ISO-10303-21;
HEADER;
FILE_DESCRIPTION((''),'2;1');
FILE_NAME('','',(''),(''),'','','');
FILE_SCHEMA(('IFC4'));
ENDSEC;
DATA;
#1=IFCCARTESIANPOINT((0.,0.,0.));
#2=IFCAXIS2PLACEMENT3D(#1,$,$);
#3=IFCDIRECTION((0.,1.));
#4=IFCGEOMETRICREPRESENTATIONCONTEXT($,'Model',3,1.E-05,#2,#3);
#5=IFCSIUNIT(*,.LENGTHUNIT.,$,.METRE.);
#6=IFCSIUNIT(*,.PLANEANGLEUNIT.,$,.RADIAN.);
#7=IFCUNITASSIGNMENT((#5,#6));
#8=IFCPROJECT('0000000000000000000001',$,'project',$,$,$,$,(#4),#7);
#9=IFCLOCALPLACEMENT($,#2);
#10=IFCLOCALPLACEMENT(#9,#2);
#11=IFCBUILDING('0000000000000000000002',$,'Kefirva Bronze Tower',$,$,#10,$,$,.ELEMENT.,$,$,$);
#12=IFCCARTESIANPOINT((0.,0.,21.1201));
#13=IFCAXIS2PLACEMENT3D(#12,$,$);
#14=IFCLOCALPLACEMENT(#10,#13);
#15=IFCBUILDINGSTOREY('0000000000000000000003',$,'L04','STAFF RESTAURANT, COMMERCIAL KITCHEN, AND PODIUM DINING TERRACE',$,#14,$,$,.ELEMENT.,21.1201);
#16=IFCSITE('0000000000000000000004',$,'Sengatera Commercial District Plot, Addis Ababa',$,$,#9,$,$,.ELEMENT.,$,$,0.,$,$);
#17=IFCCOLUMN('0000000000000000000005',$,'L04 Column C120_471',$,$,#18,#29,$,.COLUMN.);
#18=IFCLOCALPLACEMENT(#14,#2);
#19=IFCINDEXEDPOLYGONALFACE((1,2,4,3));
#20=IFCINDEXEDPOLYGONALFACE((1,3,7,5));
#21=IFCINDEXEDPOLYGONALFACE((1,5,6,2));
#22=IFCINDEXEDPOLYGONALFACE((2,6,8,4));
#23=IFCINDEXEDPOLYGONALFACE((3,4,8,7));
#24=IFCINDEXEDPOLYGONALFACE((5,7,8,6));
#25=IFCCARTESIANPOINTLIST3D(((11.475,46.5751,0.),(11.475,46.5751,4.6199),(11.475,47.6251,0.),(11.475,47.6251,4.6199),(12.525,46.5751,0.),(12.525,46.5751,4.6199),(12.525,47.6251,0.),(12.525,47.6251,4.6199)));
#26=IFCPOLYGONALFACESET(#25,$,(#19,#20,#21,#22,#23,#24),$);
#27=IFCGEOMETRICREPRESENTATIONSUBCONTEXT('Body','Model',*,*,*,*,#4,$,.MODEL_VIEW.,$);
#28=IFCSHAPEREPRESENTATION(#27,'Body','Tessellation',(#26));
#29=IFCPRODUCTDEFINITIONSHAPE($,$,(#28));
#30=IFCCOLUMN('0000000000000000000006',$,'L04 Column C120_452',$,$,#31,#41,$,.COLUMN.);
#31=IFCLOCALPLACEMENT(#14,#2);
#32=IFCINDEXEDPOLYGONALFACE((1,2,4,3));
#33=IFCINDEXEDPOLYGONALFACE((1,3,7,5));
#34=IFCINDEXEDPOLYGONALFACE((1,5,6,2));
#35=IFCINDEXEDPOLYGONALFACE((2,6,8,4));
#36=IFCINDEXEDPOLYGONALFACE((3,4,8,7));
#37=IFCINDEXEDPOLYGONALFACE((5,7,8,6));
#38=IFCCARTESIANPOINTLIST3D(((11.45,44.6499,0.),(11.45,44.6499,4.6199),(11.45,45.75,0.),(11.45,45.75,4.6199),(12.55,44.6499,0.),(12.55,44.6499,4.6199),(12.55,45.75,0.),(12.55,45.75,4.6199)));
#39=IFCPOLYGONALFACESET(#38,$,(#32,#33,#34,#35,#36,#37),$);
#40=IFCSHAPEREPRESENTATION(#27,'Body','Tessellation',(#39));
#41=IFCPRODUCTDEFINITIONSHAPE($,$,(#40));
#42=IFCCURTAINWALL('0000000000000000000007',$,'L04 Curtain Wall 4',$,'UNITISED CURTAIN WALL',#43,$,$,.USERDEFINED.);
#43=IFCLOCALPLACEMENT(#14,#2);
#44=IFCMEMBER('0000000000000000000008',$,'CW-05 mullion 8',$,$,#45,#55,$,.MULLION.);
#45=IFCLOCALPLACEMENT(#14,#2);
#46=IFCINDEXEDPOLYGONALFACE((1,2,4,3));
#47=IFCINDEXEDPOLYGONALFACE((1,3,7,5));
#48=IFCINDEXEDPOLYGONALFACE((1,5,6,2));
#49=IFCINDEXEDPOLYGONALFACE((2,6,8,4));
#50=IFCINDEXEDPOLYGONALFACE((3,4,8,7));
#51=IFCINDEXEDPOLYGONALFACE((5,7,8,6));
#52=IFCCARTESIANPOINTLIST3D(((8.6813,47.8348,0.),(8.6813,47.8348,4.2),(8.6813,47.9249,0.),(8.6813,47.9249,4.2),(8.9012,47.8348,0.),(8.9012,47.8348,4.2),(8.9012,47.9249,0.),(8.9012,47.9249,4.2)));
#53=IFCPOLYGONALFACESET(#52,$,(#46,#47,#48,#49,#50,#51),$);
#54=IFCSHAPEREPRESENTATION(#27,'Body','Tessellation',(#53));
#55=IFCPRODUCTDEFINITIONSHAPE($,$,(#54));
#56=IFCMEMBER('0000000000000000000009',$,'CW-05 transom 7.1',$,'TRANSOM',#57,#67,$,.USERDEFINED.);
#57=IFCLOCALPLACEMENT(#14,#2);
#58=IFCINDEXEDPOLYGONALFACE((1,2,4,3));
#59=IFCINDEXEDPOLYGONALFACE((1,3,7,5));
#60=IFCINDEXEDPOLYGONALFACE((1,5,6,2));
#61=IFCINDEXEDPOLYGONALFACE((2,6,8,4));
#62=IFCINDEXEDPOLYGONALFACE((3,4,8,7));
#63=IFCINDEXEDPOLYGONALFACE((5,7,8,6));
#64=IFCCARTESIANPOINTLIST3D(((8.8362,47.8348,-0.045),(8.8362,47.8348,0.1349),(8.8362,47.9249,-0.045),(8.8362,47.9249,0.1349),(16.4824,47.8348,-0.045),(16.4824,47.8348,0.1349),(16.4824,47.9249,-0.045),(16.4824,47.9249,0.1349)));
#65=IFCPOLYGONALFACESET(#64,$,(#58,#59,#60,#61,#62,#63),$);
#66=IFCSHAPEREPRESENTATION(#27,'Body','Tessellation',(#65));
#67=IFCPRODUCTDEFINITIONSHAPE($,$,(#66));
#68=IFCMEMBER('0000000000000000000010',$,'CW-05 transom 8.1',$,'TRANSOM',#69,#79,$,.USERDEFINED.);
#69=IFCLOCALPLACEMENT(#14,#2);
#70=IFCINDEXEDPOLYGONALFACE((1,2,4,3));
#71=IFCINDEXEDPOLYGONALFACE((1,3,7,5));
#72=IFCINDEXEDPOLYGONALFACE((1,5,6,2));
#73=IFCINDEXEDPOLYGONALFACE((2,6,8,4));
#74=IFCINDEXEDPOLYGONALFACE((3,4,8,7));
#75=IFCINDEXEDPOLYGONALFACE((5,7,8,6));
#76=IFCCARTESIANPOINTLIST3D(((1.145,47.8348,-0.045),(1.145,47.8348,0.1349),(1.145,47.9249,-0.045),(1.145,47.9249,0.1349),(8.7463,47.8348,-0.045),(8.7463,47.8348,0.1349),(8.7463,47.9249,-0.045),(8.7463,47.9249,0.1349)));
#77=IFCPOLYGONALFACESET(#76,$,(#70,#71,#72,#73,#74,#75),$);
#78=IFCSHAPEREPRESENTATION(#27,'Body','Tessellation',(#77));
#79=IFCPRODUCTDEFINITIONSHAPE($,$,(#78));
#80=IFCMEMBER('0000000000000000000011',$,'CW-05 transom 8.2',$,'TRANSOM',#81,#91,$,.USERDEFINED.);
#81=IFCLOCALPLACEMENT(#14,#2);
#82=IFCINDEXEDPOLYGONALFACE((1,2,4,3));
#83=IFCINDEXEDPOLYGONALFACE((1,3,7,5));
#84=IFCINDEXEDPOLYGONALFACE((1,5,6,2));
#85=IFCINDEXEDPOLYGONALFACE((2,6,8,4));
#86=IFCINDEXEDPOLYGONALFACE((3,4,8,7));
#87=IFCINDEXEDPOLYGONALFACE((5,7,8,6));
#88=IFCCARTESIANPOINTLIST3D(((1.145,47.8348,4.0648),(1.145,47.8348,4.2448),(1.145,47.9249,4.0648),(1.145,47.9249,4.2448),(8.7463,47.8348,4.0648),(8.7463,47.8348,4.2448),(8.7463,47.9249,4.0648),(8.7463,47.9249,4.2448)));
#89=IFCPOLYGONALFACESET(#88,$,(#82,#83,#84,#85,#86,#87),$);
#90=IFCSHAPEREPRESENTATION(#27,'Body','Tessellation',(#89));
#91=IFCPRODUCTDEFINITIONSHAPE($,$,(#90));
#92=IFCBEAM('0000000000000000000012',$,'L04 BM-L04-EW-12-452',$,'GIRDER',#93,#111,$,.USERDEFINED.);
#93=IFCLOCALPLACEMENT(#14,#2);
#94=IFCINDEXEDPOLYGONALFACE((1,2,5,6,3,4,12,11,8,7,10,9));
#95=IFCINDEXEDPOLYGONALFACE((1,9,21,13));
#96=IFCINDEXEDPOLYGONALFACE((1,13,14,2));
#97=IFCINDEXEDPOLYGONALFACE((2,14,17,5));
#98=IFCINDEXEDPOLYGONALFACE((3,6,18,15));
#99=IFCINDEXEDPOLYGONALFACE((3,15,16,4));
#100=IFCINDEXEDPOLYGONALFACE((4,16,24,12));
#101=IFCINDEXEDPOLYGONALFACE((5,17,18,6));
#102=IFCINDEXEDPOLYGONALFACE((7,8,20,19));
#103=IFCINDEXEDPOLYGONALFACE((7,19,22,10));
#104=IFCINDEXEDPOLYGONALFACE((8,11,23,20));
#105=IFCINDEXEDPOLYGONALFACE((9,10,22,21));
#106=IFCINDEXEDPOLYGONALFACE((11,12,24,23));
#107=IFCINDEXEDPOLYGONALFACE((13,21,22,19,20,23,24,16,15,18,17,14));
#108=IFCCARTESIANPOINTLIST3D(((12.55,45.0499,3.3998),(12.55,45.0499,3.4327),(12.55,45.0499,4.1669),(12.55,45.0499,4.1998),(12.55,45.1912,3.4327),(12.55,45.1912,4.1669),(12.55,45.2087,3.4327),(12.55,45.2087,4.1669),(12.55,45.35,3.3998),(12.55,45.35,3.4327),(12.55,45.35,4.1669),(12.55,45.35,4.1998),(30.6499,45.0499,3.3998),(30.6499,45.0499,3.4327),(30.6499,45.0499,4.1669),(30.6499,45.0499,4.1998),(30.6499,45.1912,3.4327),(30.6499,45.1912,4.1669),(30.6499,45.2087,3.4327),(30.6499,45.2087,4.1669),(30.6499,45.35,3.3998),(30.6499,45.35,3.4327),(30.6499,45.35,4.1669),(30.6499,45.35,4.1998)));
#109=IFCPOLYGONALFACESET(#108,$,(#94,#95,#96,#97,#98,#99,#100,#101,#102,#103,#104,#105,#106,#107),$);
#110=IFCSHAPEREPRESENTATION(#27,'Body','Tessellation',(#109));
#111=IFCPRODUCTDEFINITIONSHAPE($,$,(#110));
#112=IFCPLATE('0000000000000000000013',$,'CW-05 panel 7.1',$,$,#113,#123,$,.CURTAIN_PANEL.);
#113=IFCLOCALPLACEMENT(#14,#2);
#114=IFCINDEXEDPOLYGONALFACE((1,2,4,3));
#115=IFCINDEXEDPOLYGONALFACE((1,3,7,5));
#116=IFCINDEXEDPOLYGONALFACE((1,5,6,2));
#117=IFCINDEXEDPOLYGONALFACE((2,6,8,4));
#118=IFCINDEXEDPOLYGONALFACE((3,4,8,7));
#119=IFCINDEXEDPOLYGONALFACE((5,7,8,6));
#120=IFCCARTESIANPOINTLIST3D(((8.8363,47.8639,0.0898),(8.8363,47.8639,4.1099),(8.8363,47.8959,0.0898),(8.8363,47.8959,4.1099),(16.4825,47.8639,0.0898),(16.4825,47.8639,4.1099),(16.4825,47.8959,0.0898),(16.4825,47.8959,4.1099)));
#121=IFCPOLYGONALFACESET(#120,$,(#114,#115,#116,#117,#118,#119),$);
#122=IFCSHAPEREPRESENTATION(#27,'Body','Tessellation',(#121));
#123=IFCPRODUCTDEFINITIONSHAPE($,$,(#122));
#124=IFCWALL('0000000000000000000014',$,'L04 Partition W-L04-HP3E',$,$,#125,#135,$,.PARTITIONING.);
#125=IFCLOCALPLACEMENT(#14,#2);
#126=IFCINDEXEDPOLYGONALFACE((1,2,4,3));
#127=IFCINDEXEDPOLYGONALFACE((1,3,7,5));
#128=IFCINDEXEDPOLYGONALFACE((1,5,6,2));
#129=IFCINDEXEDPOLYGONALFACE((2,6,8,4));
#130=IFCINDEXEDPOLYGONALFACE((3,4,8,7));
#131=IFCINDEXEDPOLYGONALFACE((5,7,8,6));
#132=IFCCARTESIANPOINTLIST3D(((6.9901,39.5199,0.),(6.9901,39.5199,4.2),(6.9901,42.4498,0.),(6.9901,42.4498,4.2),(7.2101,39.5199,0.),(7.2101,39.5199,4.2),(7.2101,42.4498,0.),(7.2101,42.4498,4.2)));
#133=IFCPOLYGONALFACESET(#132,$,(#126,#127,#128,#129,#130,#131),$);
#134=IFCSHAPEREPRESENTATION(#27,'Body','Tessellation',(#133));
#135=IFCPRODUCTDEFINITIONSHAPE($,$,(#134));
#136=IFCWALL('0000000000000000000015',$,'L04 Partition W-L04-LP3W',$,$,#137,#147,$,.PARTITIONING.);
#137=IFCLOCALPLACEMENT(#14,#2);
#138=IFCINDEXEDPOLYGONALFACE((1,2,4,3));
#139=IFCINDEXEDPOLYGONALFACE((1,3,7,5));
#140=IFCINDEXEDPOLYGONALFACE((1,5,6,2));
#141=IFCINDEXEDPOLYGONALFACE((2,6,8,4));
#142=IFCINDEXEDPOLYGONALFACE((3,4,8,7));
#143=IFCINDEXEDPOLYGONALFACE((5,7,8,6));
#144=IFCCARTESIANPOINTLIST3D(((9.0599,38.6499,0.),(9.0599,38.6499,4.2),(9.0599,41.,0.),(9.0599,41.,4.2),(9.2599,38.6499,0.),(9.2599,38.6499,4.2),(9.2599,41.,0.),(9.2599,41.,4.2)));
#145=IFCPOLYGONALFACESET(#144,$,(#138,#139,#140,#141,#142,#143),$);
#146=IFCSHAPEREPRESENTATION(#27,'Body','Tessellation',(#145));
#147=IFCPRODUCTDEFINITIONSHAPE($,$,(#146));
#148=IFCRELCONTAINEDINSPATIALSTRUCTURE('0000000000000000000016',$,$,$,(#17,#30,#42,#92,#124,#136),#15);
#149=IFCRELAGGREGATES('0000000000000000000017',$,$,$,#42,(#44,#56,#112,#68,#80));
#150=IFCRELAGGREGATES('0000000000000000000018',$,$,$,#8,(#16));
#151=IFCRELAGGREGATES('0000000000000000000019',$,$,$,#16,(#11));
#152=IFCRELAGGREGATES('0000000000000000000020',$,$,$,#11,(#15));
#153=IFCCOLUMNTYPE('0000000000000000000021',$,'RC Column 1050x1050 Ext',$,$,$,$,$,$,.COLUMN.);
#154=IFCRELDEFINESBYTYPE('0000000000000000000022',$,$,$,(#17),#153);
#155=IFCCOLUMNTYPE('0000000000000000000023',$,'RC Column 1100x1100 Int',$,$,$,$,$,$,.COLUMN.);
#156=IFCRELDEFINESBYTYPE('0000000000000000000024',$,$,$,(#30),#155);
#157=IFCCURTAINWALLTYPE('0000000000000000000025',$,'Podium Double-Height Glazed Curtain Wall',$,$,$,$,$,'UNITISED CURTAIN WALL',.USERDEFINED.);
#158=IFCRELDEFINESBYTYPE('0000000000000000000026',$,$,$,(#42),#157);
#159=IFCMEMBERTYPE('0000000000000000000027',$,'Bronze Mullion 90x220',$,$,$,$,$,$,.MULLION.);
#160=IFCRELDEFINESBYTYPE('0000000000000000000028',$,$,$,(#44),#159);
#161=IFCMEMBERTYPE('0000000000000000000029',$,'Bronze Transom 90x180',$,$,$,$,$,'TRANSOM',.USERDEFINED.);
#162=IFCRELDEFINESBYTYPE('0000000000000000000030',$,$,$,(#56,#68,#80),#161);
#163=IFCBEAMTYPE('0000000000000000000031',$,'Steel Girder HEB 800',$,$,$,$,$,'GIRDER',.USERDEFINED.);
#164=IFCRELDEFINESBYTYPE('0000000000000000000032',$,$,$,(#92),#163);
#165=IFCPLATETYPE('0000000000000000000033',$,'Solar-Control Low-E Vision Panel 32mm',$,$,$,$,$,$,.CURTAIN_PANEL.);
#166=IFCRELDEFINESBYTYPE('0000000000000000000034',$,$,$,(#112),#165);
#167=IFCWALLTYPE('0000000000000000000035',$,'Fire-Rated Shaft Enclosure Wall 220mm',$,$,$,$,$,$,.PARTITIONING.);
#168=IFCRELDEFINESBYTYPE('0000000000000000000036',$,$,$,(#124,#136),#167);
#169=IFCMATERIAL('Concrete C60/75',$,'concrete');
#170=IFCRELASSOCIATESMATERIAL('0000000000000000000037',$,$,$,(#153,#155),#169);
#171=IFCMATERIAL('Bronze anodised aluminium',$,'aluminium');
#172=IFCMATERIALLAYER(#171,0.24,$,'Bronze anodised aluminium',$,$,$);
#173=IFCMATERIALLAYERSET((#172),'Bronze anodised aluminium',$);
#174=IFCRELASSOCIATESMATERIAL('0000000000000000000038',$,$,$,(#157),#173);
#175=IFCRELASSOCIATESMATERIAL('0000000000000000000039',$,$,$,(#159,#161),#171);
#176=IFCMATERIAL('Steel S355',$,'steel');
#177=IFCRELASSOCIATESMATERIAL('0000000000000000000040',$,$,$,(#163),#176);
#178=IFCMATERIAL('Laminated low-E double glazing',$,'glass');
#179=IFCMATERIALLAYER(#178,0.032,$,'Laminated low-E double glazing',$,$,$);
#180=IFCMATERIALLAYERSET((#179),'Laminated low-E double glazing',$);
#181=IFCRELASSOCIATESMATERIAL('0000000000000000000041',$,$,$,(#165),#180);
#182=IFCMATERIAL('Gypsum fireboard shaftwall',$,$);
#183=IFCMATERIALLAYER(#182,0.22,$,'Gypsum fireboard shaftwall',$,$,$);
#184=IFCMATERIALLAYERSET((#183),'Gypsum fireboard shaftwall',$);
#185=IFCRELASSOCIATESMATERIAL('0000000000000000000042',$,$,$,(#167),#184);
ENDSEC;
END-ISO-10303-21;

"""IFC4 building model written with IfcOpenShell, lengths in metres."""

from ifc_helpers import new_model, si_unit, direction, frame, frame_2d, origin, origin_2d, place, context, subcontext, project, spatial, rectangle, i_section, extrude, material, layer, layer_set, material_profile, profile_set, type_object, element, aggregate, save


model = new_model("IFC4")

# Units and contexts
model_context = context("Model", 3, precision=1e-05, world=origin(), true_north=direction((0.0, 1.0)))
body_context = subcontext(model_context, "Body", "Model", "MODEL_VIEW")
ifc_project = project(units=[si_unit("LENGTHUNIT", "METRE"), si_unit("PLANEANGLEUNIT", "RADIAN")], contexts=[model_context])

# Site, building, storey
site_placement = place(None, origin())
site = spatial("IfcSite", under=ifc_project, at=site_placement, Name="Sengatera Commercial District Plot, Addis Ababa", CompositionType="ELEMENT", RefElevation=0.0)
building_placement = place(site_placement, origin())
building = spatial("IfcBuilding", under=site, at=building_placement, Name="Kefirva Bronze Tower", CompositionType="ELEMENT")
storey_placement = place(building_placement, frame((0.0, 0.0, 21.1201)))
storey = spatial("IfcBuildingStorey", under=building, at=storey_placement, Name="L04", Description="STAFF RESTAURANT, COMMERCIAL KITCHEN, AND PODIUM DINING TERRACE", CompositionType="ELEMENT", Elevation=21.1201)

# Columns
ifc_material_1 = material(Name="Concrete C60/75", Category="concrete")
ifc_material_profile_1 = material_profile(ifc_material_1, rectangle(XDim=1.05, YDim=1.05, at=origin_2d()), Name="RC 1050x1050")
ifc_profile_set_1 = profile_set([ifc_material_profile_1], Name="Concrete C60/75")
column_type_1 = type_object("IfcColumnType", Name="RC Column 1050x1050 Ext", PredefinedType="COLUMN", material=ifc_profile_set_1)
column_1_placement = place(storey_placement, frame((12.0, 47.1001, 0.0), z_axis=(0.0, 0.0, 1.0), x_axis=(1.0, 0.0, 0.0)))
element("IfcColumn", 1, at=column_1_placement, inside=storey, type_object=column_type_1, Name="L04 Column C120_471", PredefinedType="COLUMN", context=body_context, shape_type="SweptSolid", body=[
    extrude(rectangle(XDim=1.05, YDim=1.05, at=origin_2d()), origin(), (0.0, 0.0, 1.0), 4.6199),
])
ifc_material_profile_2 = material_profile(ifc_material_1, rectangle(XDim=1.1001, YDim=1.1001, at=origin_2d()), Name="RC 1100x1100")
ifc_profile_set_2 = profile_set([ifc_material_profile_2], Name="Concrete C60/75")
column_type_2 = type_object("IfcColumnType", Name="RC Column 1100x1100 Int", PredefinedType="COLUMN", material=ifc_profile_set_2)
column_2_placement = place(storey_placement, frame((12.0, 45.2, 0.0), z_axis=(0.0, 0.0, 1.0), x_axis=(1.0, 0.0, 0.0)))
element("IfcColumn", 2, at=column_2_placement, inside=storey, type_object=column_type_2, Name="L04 Column C120_452", PredefinedType="COLUMN", context=body_context, shape_type="SweptSolid", body=[
    extrude(rectangle(XDim=1.1001, YDim=1.1001, at=origin_2d()), origin(), (0.0, 0.0, 1.0), 4.6199),
])

# Curtain wall, members
ifc_material_2 = material(Name="Bronze anodised aluminium", Category="aluminium")
ifc_layer_1 = layer(ifc_material_2, 0.24, Name="Bronze anodised aluminium")
ifc_layer_set_1 = layer_set([ifc_layer_1], Name="Bronze anodised aluminium")
curtain_wall_type = type_object("IfcCurtainWallType", Name="Podium Double-Height Glazed Curtain Wall", ElementType="UNITISED CURTAIN WALL", PredefinedType="USERDEFINED", material=ifc_layer_set_1)
curtain_wall_placement = place(storey_placement, origin())
curtain_wall = element("IfcCurtainWall", 3, at=curtain_wall_placement, inside=storey, type_object=curtain_wall_type, Name="L04 Curtain Wall 4", ObjectType="UNITISED CURTAIN WALL", PredefinedType="USERDEFINED")
ifc_material_profile_3 = material_profile(ifc_material_2, rectangle(XDim=0.0901, YDim=0.22, at=origin_2d()), Name="ALU 90x220")
ifc_profile_set_3 = profile_set([ifc_material_profile_3], Name="Bronze anodised aluminium")
member_type_1 = type_object("IfcMemberType", Name="Bronze Mullion 90x220", PredefinedType="MULLION", material=ifc_profile_set_3)
member_1_placement = place(storey_placement, frame((8.7913, 47.8799, 0.0), z_axis=(0.0, 0.0, 1.0), x_axis=(0.0, -1.0, 0.0)))
member_1 = element("IfcMember", 4, at=member_1_placement, type_object=member_type_1, Name="CW-05 mullion 8", PredefinedType="MULLION", context=body_context, shape_type="SweptSolid", body=[
    extrude(rectangle(XDim=0.0901, YDim=0.22, at=origin_2d()), origin(), (0.0, 0.0, 1.0), 4.2),
])
ifc_material_profile_4 = material_profile(ifc_material_2, rectangle(XDim=0.0901, YDim=0.1799, at=origin_2d()), Name="ALU 90x180")
ifc_profile_set_4 = profile_set([ifc_material_profile_4], Name="Bronze anodised aluminium")
member_type_2 = type_object("IfcMemberType", Name="Bronze Transom 90x180", ElementType="TRANSOM", PredefinedType="USERDEFINED", material=ifc_profile_set_4)
member_2_placement = place(storey_placement, frame((16.4824, 47.8799, 0.0449), z_axis=(-1.0, 0.0, 0.0), x_axis=(0.0, -1.0, 0.0)))
member_2 = element("IfcMember", 5, at=member_2_placement, type_object=member_type_2, Name="CW-05 transom 7.1", ObjectType="TRANSOM", PredefinedType="USERDEFINED", context=body_context, shape_type="SweptSolid", body=[
    extrude(rectangle(XDim=0.0901, YDim=0.1799, at=origin_2d()), origin(), (0.0, 0.0, 1.0), 7.6462),
])
member_3_placement = place(storey_placement, frame((8.7463, 47.8799, 0.0449), z_axis=(-1.0, 0.0, 0.0), x_axis=(0.0, -1.0, 0.0)))
member_3 = element("IfcMember", 6, at=member_3_placement, type_object=member_type_2, Name="CW-05 transom 8.1", ObjectType="TRANSOM", PredefinedType="USERDEFINED", context=body_context, shape_type="SweptSolid", body=[
    extrude(rectangle(XDim=0.0901, YDim=0.1799, at=origin_2d()), origin(), (0.0, 0.0, 1.0), 7.6013),
])
member_4_placement = place(storey_placement, frame((8.7463, 47.8799, 4.1548), z_axis=(-1.0, 0.0, 0.0), x_axis=(0.0, -1.0, 0.0)))
member_4 = element("IfcMember", 7, at=member_4_placement, type_object=member_type_2, Name="CW-05 transom 8.2", ObjectType="TRANSOM", PredefinedType="USERDEFINED", context=body_context, shape_type="SweptSolid", body=[
    extrude(rectangle(XDim=0.0901, YDim=0.1799, at=origin_2d()), origin(), (0.0, 0.0, 1.0), 7.6013),
])

# Beam
ifc_material_3 = material(Name="Steel S355", Category="steel")
ifc_material_profile_5 = material_profile(ifc_material_3, i_section(OverallWidth=0.3, OverallDepth=0.8, WebThickness=0.0176, FlangeThickness=0.033, at=origin_2d()), Name="HEB 800")
ifc_profile_set_5 = profile_set([ifc_material_profile_5], Name="Steel S355")
beam_type = type_object("IfcBeamType", Name="Steel Girder HEB 800", ElementType="GIRDER", PredefinedType="USERDEFINED", material=ifc_profile_set_5)
beam_placement = place(storey_placement, frame((12.55, 45.2, 3.7998), z_axis=(1.0, 0.0, 0.0), x_axis=(0.0, 1.0, 0.0)))
element("IfcBeam", 8, at=beam_placement, inside=storey, type_object=beam_type, Name="L04 BM-L04-EW-12-452", ObjectType="GIRDER", PredefinedType="USERDEFINED", context=body_context, shape_type="SweptSolid", body=[
    extrude(i_section(OverallWidth=0.3, OverallDepth=0.8, WebThickness=0.0176, FlangeThickness=0.033, at=origin_2d()), origin(), (0.0, 0.0, 1.0), 18.0999),
])

# Plate
ifc_material_4 = material(Name="Laminated low-E double glazing", Category="glass")
ifc_layer_2 = layer(ifc_material_4, 0.032, Name="Laminated low-E double glazing")
ifc_layer_set_2 = layer_set([ifc_layer_2], Name="Laminated low-E double glazing")
plate_type = type_object("IfcPlateType", Name="Solar-Control Low-E Vision Panel 32mm", PredefinedType="CURTAIN_PANEL", material=ifc_layer_set_2)
plate_placement = place(storey_placement, frame((12.6594, 47.8799, 0.0898), z_axis=(0.0, 0.0, 1.0), x_axis=(-1.0, 0.0, 0.0)))
plate = element("IfcPlate", 9, at=plate_placement, type_object=plate_type, Name="CW-05 panel 7.1", PredefinedType="CURTAIN_PANEL", context=body_context, shape_type="SweptSolid", body=[
    extrude(rectangle(XDim=7.6462, YDim=0.032, at=origin_2d()), origin(), (0.0, 0.0, 1.0), 4.02),
])
aggregate(curtain_wall, [member_1, member_2, plate, member_3, member_4])

# Walls
ifc_material_5 = material(Name="Gypsum fireboard shaftwall")
ifc_layer_3 = layer(ifc_material_5, 0.22, Name="Gypsum fireboard shaftwall")
ifc_layer_set_3 = layer_set([ifc_layer_3], Name="Gypsum fireboard shaftwall")
wall_type_1 = type_object("IfcWallType", Name="Fire-Rated Shaft Enclosure Wall 220mm", PredefinedType="PARTITIONING", material=ifc_layer_set_3)
wall_1_placement = place(storey_placement, frame((7.1001, 39.52, 0.0), z_axis=(0.0, 0.0, 1.0), x_axis=(0.0, 1.0, 0.0)))
element("IfcWall", 10, at=wall_1_placement, inside=storey, type_object=wall_type_1, Name="L04 Partition W-L04-HP3E", PredefinedType="PARTITIONING", context=body_context, shape_type="SweptSolid", body=[
    extrude(rectangle(XDim=2.9299, YDim=0.22, at=frame_2d((1.4648, 0.0))), origin(), (0.0, 0.0, 1.0), 4.2),
])
wall_2_placement = place(storey_placement, frame((9.1599, 38.6499, 0.0), z_axis=(0.0, 0.0, 1.0), x_axis=(0.0, 1.0, 0.0)))
element("IfcWall", 11, at=wall_2_placement, inside=storey, type_object=wall_type_1, Name="L04 Partition W-L04-LP3W", PredefinedType="PARTITIONING", context=body_context, shape_type="SweptSolid", body=[
    extrude(rectangle(XDim=2.3501, YDim=0.2, at=frame_2d((1.175, 0.0))), origin(), (0.0, 0.0, 1.0), 4.2),
])

save(model, "model.ifc")
